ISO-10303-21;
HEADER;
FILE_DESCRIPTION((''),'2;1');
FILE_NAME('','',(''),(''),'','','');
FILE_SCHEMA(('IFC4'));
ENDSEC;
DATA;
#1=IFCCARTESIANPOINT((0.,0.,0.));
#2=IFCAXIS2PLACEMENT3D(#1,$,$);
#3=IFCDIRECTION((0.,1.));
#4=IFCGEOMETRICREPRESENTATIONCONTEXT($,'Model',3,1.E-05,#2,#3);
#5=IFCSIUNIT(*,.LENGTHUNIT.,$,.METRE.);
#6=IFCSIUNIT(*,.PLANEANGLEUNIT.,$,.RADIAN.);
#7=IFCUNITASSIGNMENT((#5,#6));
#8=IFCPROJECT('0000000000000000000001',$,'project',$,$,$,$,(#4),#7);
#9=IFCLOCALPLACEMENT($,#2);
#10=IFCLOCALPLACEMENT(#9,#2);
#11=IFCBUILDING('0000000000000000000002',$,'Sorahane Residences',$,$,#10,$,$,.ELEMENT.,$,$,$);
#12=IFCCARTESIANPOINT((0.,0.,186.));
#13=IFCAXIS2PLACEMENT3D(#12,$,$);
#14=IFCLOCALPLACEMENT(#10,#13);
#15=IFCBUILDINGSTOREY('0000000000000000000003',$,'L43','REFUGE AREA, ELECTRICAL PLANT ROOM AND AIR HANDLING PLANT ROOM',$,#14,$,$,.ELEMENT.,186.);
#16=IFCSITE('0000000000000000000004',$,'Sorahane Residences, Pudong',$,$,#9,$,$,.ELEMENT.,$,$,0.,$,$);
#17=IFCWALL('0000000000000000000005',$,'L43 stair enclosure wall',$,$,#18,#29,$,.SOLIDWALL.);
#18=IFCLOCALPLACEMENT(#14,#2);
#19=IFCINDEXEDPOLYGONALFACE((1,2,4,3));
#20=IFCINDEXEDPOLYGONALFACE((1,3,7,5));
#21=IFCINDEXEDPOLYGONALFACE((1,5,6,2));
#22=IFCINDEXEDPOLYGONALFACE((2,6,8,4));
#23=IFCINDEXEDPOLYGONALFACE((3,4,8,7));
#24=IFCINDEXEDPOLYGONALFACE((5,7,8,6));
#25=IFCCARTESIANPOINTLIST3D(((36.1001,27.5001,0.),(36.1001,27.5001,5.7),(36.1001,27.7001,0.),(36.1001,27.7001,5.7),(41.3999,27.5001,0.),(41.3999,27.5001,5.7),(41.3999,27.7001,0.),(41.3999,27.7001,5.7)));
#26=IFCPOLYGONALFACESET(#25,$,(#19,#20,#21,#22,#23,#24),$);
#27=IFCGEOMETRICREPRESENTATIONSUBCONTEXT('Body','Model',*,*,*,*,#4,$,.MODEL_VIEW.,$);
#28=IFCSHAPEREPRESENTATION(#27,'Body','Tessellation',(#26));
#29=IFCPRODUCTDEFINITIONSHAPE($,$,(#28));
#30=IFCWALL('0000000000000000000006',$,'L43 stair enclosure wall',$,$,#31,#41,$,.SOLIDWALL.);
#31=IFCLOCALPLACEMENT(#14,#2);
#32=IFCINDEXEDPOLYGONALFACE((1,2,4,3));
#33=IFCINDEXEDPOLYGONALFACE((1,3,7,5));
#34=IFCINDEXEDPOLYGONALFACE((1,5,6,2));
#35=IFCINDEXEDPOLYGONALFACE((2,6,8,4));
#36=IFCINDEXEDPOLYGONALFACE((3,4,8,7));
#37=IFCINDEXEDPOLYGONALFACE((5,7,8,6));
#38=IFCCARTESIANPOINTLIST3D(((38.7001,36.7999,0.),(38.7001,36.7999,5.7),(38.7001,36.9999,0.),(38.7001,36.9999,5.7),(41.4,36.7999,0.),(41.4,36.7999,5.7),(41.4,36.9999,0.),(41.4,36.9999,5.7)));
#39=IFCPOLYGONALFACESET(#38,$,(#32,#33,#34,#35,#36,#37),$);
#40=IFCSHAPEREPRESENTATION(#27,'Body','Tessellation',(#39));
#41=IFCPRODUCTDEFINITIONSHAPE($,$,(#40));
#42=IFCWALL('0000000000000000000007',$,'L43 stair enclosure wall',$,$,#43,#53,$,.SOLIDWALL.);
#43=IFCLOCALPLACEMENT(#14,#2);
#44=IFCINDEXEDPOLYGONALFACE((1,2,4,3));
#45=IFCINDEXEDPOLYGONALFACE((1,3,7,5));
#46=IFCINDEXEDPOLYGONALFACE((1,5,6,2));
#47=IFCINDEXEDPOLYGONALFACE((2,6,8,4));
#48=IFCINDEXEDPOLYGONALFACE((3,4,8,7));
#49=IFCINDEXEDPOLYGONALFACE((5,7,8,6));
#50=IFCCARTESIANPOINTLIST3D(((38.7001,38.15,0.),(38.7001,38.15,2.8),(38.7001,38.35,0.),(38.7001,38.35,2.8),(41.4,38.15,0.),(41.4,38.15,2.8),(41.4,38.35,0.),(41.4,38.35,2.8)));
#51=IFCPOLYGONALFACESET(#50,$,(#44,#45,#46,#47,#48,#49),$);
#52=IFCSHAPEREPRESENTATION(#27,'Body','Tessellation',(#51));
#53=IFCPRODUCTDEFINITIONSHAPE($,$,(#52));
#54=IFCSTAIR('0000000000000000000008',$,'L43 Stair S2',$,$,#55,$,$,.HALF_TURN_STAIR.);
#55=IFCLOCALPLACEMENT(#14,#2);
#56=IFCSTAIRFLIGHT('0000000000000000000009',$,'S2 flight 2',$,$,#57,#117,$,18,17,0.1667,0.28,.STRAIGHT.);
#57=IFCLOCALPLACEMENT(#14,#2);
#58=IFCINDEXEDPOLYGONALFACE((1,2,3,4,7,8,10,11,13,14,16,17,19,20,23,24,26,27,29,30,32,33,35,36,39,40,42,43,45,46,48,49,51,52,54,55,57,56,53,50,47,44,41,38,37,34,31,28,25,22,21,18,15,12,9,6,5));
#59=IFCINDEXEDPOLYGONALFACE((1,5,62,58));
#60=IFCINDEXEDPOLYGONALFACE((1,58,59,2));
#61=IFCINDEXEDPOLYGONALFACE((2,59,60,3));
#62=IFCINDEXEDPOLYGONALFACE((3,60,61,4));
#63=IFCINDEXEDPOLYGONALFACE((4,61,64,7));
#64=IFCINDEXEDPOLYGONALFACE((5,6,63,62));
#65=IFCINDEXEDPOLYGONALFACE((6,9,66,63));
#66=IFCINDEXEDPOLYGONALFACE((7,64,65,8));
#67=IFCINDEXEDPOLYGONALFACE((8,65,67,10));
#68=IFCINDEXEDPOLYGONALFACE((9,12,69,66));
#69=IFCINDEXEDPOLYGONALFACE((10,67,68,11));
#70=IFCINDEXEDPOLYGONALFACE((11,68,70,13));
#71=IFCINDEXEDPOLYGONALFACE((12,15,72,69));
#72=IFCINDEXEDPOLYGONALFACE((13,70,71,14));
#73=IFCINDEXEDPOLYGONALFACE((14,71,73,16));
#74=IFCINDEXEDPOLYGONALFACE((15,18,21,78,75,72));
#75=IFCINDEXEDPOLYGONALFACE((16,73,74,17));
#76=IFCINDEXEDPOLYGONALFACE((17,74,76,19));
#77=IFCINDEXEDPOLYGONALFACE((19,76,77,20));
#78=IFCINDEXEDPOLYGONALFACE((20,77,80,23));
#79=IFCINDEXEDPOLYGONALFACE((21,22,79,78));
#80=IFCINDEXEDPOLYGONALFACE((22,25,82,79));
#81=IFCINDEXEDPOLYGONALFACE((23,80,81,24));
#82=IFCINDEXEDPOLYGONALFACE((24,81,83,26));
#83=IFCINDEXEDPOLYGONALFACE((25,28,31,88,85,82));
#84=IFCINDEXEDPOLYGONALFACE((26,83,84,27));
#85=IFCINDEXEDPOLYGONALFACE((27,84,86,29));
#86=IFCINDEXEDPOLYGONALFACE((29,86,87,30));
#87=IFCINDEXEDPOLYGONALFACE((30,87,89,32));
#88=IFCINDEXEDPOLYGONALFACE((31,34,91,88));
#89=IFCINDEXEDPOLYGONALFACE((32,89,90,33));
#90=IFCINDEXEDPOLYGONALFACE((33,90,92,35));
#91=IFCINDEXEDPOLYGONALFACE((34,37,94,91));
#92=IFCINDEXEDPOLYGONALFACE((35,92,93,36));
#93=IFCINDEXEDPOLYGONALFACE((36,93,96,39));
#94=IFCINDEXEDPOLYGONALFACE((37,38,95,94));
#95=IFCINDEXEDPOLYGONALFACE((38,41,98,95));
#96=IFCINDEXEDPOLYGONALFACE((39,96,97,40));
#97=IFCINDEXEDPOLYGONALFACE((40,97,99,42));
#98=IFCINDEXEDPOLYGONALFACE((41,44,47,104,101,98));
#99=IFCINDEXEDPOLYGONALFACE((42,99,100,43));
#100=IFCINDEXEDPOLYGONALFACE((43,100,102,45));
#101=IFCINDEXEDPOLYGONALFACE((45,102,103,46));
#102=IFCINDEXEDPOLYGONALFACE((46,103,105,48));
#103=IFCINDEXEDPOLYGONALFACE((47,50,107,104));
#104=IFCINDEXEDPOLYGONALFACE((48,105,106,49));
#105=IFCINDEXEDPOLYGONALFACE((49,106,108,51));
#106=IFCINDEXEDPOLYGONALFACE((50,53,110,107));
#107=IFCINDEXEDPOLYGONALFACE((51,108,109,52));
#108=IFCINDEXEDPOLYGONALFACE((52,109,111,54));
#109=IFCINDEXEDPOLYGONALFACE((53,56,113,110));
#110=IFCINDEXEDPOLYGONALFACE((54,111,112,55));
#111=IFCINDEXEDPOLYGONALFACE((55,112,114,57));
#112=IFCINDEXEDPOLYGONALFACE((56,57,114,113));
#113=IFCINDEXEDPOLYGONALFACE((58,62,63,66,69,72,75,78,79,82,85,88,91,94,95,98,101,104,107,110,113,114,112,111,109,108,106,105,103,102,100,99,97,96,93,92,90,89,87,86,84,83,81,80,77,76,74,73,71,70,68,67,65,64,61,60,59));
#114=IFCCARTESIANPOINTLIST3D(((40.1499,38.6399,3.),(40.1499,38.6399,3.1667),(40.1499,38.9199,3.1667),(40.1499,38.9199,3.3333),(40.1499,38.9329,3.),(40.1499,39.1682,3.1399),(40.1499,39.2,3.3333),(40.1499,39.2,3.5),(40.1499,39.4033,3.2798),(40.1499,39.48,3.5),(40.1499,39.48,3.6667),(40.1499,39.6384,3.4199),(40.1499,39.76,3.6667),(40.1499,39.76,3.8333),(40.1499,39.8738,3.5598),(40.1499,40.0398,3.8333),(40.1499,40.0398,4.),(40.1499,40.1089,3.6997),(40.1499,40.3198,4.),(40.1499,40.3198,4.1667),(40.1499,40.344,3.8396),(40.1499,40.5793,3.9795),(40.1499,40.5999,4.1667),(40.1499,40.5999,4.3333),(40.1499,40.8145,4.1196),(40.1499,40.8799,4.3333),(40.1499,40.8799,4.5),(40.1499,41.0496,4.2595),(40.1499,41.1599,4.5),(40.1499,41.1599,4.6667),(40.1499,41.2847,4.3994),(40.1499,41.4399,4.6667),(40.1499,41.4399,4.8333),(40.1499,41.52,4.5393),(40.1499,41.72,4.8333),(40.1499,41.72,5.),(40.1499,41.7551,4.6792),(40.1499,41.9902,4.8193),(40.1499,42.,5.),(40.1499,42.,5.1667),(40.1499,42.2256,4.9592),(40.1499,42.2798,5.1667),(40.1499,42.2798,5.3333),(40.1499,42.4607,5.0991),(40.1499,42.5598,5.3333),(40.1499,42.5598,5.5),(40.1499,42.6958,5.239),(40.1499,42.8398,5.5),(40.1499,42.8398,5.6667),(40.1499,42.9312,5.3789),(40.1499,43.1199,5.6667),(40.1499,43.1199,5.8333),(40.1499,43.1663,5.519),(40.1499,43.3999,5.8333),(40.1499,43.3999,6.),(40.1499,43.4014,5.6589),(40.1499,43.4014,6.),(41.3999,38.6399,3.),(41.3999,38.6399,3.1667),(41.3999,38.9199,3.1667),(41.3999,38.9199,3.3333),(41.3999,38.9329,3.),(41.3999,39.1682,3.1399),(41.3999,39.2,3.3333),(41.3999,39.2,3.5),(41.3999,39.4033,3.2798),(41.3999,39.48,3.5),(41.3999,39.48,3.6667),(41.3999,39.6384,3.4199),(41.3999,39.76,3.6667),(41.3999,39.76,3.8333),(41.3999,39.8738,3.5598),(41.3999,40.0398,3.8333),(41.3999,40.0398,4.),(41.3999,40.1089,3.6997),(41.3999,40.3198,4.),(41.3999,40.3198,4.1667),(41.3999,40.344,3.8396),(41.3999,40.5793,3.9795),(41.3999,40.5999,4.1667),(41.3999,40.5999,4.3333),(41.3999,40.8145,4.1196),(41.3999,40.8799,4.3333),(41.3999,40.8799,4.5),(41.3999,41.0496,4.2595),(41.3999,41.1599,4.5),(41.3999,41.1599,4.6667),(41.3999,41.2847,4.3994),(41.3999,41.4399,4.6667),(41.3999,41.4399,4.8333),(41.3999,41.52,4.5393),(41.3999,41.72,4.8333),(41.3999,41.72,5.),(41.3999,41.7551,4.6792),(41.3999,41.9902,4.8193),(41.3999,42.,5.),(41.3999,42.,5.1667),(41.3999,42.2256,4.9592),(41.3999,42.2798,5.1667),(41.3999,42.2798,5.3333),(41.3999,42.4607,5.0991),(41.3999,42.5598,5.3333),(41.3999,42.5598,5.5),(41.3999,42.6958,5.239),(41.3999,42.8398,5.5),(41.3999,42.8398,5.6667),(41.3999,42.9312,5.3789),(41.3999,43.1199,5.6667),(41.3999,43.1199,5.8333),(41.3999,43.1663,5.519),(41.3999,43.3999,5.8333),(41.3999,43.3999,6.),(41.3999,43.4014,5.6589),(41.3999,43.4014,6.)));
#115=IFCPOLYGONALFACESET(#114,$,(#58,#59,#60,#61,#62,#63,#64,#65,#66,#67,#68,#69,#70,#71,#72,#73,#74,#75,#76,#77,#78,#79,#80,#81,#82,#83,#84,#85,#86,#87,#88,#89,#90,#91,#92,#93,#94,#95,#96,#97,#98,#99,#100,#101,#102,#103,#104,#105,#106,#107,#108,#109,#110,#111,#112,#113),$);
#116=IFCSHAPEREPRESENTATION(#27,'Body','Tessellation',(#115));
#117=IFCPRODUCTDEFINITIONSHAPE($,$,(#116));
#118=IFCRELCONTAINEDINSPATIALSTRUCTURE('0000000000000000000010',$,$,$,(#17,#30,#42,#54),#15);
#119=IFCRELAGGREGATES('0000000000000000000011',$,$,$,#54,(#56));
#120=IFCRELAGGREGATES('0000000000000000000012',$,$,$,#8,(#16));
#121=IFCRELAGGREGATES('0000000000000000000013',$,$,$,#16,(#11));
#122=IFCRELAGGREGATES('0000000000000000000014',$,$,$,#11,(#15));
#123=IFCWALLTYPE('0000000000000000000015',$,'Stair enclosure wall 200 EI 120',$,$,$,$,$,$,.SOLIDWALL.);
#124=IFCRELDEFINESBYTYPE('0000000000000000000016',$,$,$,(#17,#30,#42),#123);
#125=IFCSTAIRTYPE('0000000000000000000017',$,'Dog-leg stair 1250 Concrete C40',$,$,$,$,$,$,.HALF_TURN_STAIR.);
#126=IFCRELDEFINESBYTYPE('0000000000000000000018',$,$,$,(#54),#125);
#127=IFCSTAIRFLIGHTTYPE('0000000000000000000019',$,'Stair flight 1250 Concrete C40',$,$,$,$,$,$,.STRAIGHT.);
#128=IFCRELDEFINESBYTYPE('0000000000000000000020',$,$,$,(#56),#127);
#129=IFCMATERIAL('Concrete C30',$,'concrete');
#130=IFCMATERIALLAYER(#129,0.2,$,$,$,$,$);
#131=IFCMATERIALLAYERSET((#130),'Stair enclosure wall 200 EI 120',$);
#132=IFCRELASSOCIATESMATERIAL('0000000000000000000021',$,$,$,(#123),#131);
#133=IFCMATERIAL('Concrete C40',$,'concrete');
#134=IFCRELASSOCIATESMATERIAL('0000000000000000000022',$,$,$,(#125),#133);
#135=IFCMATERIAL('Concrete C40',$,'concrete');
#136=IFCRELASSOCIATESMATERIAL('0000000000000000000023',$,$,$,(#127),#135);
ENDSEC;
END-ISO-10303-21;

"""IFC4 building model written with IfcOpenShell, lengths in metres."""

from ifc_helpers import new_model, si_unit, direction, frame, frame_2d, origin, place, context, subcontext, project, spatial, polyline, rectangle, outline, extrude, material, layer, layer_set, type_object, element, aggregate, save


model = new_model("IFC4")

# Units and contexts
model_context = context("Model", 3, precision=1e-05, world=origin(), true_north=direction((0.0, 1.0)))
body_context = subcontext(model_context, "Body", "Model", "MODEL_VIEW")
ifc_project = project(units=[si_unit("LENGTHUNIT", "METRE"), si_unit("PLANEANGLEUNIT", "RADIAN")], contexts=[model_context])

# Site, building, storey
site_placement = place(None, origin())
site = spatial("IfcSite", under=ifc_project, at=site_placement, Name="Sorahane Residences, Pudong", CompositionType="ELEMENT", RefElevation=0.0)
building_placement = place(site_placement, origin())
building = spatial("IfcBuilding", under=site, at=building_placement, Name="Sorahane Residences", CompositionType="ELEMENT")
storey_placement = place(building_placement, frame((0.0, 0.0, 186.0)))
storey = spatial("IfcBuildingStorey", under=building, at=storey_placement, Name="L43", Description="REFUGE AREA, ELECTRICAL PLANT ROOM AND AIR HANDLING PLANT ROOM", CompositionType="ELEMENT", Elevation=186.0)

# Walls
ifc_material_1 = material(Name="Concrete C30", Category="concrete")
ifc_layer_1 = layer(ifc_material_1, 0.2)
ifc_layer_set_1 = layer_set([ifc_layer_1], Name="Stair enclosure wall 200 EI 120")
wall_type = type_object("IfcWallType", Name="Stair enclosure wall 200 EI 120", PredefinedType="SOLIDWALL", material=ifc_layer_set_1)
wall_1_placement = place(storey_placement, frame((36.1001, 27.6001, 0.0), z_axis=(0.0, 0.0, 1.0), x_axis=(1.0, 0.0, 0.0)))
element("IfcWall", 1, at=wall_1_placement, inside=storey, type_object=wall_type, Name="L43 stair enclosure wall", PredefinedType="SOLIDWALL", context=body_context, shape_type="SweptSolid", body=[
    extrude(rectangle(XDim=5.2998, YDim=0.2, at=frame_2d((2.6499, 0.0))), origin(), (0.0, 0.0, 1.0), 5.7),
])
wall_2_placement = place(storey_placement, frame((38.7, 36.8999, 0.0), z_axis=(0.0, 0.0, 1.0), x_axis=(1.0, 0.0, 0.0)))
element("IfcWall", 2, at=wall_2_placement, inside=storey, type_object=wall_type, Name="L43 stair enclosure wall", PredefinedType="SOLIDWALL", context=body_context, shape_type="SweptSolid", body=[
    extrude(rectangle(XDim=2.7, YDim=0.2, at=frame_2d((1.3501, 0.0))), origin(), (0.0, 0.0, 1.0), 5.7),
])
wall_3_placement = place(storey_placement, frame((38.7, 38.25, 0.0), z_axis=(0.0, 0.0, 1.0), x_axis=(1.0, 0.0, 0.0)))
element("IfcWall", 3, at=wall_3_placement, inside=storey, type_object=wall_type, Name="L43 stair enclosure wall", PredefinedType="SOLIDWALL", context=body_context, shape_type="SweptSolid", body=[
    extrude(rectangle(XDim=2.7, YDim=0.2, at=frame_2d((1.3501, 0.0))), origin(), (0.0, 0.0, 1.0), 2.8),
])

# Stair, stair flight
ifc_material_2 = material(Name="Concrete C40", Category="concrete")
stair_type = type_object("IfcStairType", Name="Dog-leg stair 1250 Concrete C40", PredefinedType="HALF_TURN_STAIR", material=ifc_material_2)
stair_1_placement = place(storey_placement, origin())
stair_1 = element("IfcStair", 4, at=stair_1_placement, inside=storey, type_object=stair_type, Name="L43 Stair S2", PredefinedType="HALF_TURN_STAIR")
ifc_material_3 = material(Name="Concrete C40", Category="concrete")
stair_flight_type = type_object("IfcStairFlightType", Name="Stair flight 1250 Concrete C40", PredefinedType="STRAIGHT", material=ifc_material_3)
stair_flight_1_placement = place(storey_placement, frame((40.7749, 38.6399, 3.0), z_axis=(0.0, 0.0, 1.0), x_axis=(0.0, 1.0, 0.0)))
stair_flight_1 = element("IfcStairFlight", 5, at=stair_flight_1_placement, type_object=stair_flight_type, Name="S2 flight 2", NumberOfRisers=18, NumberOfTreads=17, PredefinedType="STRAIGHT", RiserHeight=0.1667, TreadLength=0.28, context=body_context, shape_type="SweptSolid", body=[
    extrude(outline(polyline([(0.0, 0.0), (0.0, 0.1667), (0.28, 0.1667), (0.28, 0.3333), (0.5601, 0.3333), (0.5601, 0.5), (0.8401, 0.5), (0.8401, 0.6667), (1.1201, 0.6667), (1.1201, 0.8333), (1.3999, 0.8333), (1.3999, 1.0), (1.6799, 1.0), (1.6799, 1.1667), (1.96, 1.1667), (1.96, 1.3333), (2.24, 1.3333), (2.24, 1.5), (2.52, 1.5), (2.52, 1.6667), (2.8, 1.6667), (2.8, 1.8333), (3.0801, 1.8333), (3.0801, 2.0), (3.3601, 2.0), (3.3601, 2.1667), (3.6399, 2.1667), (3.6399, 2.3333), (3.9199, 2.3333), (3.9199, 2.5), (4.2, 2.5), (4.2, 2.6667), (4.48, 2.6667), (4.48, 2.8333), (4.76, 2.8333), (4.76, 3.0), (4.7615, 3.0), (4.7615, 2.6589), (4.5264, 2.519), (4.2913, 2.3789), (4.0559, 2.239), (3.8208, 2.0991), (3.5857, 1.9592), (3.3503, 1.8193), (3.1152, 1.6792), (2.8801, 1.5393), (2.6448, 1.3994), (2.4097, 1.2595), (2.1746, 1.1196), (1.9395, 0.9795), (1.7041, 0.8396), (1.469, 0.6997), (1.2339, 0.5598), (0.9985, 0.4199), (0.7634, 0.2798), (0.5283, 0.1399), (0.293, 0.0), (0.0, 0.0)])), frame((0.0, 0.625, 0.0), z_axis=(0.0, -1.0, 0.0), x_axis=(1.0, 0.0, 0.0)), (0.0, 0.0, 1.0), 1.25),
])
aggregate(stair_1, [stair_flight_1])

save(model, "model.ifc")
